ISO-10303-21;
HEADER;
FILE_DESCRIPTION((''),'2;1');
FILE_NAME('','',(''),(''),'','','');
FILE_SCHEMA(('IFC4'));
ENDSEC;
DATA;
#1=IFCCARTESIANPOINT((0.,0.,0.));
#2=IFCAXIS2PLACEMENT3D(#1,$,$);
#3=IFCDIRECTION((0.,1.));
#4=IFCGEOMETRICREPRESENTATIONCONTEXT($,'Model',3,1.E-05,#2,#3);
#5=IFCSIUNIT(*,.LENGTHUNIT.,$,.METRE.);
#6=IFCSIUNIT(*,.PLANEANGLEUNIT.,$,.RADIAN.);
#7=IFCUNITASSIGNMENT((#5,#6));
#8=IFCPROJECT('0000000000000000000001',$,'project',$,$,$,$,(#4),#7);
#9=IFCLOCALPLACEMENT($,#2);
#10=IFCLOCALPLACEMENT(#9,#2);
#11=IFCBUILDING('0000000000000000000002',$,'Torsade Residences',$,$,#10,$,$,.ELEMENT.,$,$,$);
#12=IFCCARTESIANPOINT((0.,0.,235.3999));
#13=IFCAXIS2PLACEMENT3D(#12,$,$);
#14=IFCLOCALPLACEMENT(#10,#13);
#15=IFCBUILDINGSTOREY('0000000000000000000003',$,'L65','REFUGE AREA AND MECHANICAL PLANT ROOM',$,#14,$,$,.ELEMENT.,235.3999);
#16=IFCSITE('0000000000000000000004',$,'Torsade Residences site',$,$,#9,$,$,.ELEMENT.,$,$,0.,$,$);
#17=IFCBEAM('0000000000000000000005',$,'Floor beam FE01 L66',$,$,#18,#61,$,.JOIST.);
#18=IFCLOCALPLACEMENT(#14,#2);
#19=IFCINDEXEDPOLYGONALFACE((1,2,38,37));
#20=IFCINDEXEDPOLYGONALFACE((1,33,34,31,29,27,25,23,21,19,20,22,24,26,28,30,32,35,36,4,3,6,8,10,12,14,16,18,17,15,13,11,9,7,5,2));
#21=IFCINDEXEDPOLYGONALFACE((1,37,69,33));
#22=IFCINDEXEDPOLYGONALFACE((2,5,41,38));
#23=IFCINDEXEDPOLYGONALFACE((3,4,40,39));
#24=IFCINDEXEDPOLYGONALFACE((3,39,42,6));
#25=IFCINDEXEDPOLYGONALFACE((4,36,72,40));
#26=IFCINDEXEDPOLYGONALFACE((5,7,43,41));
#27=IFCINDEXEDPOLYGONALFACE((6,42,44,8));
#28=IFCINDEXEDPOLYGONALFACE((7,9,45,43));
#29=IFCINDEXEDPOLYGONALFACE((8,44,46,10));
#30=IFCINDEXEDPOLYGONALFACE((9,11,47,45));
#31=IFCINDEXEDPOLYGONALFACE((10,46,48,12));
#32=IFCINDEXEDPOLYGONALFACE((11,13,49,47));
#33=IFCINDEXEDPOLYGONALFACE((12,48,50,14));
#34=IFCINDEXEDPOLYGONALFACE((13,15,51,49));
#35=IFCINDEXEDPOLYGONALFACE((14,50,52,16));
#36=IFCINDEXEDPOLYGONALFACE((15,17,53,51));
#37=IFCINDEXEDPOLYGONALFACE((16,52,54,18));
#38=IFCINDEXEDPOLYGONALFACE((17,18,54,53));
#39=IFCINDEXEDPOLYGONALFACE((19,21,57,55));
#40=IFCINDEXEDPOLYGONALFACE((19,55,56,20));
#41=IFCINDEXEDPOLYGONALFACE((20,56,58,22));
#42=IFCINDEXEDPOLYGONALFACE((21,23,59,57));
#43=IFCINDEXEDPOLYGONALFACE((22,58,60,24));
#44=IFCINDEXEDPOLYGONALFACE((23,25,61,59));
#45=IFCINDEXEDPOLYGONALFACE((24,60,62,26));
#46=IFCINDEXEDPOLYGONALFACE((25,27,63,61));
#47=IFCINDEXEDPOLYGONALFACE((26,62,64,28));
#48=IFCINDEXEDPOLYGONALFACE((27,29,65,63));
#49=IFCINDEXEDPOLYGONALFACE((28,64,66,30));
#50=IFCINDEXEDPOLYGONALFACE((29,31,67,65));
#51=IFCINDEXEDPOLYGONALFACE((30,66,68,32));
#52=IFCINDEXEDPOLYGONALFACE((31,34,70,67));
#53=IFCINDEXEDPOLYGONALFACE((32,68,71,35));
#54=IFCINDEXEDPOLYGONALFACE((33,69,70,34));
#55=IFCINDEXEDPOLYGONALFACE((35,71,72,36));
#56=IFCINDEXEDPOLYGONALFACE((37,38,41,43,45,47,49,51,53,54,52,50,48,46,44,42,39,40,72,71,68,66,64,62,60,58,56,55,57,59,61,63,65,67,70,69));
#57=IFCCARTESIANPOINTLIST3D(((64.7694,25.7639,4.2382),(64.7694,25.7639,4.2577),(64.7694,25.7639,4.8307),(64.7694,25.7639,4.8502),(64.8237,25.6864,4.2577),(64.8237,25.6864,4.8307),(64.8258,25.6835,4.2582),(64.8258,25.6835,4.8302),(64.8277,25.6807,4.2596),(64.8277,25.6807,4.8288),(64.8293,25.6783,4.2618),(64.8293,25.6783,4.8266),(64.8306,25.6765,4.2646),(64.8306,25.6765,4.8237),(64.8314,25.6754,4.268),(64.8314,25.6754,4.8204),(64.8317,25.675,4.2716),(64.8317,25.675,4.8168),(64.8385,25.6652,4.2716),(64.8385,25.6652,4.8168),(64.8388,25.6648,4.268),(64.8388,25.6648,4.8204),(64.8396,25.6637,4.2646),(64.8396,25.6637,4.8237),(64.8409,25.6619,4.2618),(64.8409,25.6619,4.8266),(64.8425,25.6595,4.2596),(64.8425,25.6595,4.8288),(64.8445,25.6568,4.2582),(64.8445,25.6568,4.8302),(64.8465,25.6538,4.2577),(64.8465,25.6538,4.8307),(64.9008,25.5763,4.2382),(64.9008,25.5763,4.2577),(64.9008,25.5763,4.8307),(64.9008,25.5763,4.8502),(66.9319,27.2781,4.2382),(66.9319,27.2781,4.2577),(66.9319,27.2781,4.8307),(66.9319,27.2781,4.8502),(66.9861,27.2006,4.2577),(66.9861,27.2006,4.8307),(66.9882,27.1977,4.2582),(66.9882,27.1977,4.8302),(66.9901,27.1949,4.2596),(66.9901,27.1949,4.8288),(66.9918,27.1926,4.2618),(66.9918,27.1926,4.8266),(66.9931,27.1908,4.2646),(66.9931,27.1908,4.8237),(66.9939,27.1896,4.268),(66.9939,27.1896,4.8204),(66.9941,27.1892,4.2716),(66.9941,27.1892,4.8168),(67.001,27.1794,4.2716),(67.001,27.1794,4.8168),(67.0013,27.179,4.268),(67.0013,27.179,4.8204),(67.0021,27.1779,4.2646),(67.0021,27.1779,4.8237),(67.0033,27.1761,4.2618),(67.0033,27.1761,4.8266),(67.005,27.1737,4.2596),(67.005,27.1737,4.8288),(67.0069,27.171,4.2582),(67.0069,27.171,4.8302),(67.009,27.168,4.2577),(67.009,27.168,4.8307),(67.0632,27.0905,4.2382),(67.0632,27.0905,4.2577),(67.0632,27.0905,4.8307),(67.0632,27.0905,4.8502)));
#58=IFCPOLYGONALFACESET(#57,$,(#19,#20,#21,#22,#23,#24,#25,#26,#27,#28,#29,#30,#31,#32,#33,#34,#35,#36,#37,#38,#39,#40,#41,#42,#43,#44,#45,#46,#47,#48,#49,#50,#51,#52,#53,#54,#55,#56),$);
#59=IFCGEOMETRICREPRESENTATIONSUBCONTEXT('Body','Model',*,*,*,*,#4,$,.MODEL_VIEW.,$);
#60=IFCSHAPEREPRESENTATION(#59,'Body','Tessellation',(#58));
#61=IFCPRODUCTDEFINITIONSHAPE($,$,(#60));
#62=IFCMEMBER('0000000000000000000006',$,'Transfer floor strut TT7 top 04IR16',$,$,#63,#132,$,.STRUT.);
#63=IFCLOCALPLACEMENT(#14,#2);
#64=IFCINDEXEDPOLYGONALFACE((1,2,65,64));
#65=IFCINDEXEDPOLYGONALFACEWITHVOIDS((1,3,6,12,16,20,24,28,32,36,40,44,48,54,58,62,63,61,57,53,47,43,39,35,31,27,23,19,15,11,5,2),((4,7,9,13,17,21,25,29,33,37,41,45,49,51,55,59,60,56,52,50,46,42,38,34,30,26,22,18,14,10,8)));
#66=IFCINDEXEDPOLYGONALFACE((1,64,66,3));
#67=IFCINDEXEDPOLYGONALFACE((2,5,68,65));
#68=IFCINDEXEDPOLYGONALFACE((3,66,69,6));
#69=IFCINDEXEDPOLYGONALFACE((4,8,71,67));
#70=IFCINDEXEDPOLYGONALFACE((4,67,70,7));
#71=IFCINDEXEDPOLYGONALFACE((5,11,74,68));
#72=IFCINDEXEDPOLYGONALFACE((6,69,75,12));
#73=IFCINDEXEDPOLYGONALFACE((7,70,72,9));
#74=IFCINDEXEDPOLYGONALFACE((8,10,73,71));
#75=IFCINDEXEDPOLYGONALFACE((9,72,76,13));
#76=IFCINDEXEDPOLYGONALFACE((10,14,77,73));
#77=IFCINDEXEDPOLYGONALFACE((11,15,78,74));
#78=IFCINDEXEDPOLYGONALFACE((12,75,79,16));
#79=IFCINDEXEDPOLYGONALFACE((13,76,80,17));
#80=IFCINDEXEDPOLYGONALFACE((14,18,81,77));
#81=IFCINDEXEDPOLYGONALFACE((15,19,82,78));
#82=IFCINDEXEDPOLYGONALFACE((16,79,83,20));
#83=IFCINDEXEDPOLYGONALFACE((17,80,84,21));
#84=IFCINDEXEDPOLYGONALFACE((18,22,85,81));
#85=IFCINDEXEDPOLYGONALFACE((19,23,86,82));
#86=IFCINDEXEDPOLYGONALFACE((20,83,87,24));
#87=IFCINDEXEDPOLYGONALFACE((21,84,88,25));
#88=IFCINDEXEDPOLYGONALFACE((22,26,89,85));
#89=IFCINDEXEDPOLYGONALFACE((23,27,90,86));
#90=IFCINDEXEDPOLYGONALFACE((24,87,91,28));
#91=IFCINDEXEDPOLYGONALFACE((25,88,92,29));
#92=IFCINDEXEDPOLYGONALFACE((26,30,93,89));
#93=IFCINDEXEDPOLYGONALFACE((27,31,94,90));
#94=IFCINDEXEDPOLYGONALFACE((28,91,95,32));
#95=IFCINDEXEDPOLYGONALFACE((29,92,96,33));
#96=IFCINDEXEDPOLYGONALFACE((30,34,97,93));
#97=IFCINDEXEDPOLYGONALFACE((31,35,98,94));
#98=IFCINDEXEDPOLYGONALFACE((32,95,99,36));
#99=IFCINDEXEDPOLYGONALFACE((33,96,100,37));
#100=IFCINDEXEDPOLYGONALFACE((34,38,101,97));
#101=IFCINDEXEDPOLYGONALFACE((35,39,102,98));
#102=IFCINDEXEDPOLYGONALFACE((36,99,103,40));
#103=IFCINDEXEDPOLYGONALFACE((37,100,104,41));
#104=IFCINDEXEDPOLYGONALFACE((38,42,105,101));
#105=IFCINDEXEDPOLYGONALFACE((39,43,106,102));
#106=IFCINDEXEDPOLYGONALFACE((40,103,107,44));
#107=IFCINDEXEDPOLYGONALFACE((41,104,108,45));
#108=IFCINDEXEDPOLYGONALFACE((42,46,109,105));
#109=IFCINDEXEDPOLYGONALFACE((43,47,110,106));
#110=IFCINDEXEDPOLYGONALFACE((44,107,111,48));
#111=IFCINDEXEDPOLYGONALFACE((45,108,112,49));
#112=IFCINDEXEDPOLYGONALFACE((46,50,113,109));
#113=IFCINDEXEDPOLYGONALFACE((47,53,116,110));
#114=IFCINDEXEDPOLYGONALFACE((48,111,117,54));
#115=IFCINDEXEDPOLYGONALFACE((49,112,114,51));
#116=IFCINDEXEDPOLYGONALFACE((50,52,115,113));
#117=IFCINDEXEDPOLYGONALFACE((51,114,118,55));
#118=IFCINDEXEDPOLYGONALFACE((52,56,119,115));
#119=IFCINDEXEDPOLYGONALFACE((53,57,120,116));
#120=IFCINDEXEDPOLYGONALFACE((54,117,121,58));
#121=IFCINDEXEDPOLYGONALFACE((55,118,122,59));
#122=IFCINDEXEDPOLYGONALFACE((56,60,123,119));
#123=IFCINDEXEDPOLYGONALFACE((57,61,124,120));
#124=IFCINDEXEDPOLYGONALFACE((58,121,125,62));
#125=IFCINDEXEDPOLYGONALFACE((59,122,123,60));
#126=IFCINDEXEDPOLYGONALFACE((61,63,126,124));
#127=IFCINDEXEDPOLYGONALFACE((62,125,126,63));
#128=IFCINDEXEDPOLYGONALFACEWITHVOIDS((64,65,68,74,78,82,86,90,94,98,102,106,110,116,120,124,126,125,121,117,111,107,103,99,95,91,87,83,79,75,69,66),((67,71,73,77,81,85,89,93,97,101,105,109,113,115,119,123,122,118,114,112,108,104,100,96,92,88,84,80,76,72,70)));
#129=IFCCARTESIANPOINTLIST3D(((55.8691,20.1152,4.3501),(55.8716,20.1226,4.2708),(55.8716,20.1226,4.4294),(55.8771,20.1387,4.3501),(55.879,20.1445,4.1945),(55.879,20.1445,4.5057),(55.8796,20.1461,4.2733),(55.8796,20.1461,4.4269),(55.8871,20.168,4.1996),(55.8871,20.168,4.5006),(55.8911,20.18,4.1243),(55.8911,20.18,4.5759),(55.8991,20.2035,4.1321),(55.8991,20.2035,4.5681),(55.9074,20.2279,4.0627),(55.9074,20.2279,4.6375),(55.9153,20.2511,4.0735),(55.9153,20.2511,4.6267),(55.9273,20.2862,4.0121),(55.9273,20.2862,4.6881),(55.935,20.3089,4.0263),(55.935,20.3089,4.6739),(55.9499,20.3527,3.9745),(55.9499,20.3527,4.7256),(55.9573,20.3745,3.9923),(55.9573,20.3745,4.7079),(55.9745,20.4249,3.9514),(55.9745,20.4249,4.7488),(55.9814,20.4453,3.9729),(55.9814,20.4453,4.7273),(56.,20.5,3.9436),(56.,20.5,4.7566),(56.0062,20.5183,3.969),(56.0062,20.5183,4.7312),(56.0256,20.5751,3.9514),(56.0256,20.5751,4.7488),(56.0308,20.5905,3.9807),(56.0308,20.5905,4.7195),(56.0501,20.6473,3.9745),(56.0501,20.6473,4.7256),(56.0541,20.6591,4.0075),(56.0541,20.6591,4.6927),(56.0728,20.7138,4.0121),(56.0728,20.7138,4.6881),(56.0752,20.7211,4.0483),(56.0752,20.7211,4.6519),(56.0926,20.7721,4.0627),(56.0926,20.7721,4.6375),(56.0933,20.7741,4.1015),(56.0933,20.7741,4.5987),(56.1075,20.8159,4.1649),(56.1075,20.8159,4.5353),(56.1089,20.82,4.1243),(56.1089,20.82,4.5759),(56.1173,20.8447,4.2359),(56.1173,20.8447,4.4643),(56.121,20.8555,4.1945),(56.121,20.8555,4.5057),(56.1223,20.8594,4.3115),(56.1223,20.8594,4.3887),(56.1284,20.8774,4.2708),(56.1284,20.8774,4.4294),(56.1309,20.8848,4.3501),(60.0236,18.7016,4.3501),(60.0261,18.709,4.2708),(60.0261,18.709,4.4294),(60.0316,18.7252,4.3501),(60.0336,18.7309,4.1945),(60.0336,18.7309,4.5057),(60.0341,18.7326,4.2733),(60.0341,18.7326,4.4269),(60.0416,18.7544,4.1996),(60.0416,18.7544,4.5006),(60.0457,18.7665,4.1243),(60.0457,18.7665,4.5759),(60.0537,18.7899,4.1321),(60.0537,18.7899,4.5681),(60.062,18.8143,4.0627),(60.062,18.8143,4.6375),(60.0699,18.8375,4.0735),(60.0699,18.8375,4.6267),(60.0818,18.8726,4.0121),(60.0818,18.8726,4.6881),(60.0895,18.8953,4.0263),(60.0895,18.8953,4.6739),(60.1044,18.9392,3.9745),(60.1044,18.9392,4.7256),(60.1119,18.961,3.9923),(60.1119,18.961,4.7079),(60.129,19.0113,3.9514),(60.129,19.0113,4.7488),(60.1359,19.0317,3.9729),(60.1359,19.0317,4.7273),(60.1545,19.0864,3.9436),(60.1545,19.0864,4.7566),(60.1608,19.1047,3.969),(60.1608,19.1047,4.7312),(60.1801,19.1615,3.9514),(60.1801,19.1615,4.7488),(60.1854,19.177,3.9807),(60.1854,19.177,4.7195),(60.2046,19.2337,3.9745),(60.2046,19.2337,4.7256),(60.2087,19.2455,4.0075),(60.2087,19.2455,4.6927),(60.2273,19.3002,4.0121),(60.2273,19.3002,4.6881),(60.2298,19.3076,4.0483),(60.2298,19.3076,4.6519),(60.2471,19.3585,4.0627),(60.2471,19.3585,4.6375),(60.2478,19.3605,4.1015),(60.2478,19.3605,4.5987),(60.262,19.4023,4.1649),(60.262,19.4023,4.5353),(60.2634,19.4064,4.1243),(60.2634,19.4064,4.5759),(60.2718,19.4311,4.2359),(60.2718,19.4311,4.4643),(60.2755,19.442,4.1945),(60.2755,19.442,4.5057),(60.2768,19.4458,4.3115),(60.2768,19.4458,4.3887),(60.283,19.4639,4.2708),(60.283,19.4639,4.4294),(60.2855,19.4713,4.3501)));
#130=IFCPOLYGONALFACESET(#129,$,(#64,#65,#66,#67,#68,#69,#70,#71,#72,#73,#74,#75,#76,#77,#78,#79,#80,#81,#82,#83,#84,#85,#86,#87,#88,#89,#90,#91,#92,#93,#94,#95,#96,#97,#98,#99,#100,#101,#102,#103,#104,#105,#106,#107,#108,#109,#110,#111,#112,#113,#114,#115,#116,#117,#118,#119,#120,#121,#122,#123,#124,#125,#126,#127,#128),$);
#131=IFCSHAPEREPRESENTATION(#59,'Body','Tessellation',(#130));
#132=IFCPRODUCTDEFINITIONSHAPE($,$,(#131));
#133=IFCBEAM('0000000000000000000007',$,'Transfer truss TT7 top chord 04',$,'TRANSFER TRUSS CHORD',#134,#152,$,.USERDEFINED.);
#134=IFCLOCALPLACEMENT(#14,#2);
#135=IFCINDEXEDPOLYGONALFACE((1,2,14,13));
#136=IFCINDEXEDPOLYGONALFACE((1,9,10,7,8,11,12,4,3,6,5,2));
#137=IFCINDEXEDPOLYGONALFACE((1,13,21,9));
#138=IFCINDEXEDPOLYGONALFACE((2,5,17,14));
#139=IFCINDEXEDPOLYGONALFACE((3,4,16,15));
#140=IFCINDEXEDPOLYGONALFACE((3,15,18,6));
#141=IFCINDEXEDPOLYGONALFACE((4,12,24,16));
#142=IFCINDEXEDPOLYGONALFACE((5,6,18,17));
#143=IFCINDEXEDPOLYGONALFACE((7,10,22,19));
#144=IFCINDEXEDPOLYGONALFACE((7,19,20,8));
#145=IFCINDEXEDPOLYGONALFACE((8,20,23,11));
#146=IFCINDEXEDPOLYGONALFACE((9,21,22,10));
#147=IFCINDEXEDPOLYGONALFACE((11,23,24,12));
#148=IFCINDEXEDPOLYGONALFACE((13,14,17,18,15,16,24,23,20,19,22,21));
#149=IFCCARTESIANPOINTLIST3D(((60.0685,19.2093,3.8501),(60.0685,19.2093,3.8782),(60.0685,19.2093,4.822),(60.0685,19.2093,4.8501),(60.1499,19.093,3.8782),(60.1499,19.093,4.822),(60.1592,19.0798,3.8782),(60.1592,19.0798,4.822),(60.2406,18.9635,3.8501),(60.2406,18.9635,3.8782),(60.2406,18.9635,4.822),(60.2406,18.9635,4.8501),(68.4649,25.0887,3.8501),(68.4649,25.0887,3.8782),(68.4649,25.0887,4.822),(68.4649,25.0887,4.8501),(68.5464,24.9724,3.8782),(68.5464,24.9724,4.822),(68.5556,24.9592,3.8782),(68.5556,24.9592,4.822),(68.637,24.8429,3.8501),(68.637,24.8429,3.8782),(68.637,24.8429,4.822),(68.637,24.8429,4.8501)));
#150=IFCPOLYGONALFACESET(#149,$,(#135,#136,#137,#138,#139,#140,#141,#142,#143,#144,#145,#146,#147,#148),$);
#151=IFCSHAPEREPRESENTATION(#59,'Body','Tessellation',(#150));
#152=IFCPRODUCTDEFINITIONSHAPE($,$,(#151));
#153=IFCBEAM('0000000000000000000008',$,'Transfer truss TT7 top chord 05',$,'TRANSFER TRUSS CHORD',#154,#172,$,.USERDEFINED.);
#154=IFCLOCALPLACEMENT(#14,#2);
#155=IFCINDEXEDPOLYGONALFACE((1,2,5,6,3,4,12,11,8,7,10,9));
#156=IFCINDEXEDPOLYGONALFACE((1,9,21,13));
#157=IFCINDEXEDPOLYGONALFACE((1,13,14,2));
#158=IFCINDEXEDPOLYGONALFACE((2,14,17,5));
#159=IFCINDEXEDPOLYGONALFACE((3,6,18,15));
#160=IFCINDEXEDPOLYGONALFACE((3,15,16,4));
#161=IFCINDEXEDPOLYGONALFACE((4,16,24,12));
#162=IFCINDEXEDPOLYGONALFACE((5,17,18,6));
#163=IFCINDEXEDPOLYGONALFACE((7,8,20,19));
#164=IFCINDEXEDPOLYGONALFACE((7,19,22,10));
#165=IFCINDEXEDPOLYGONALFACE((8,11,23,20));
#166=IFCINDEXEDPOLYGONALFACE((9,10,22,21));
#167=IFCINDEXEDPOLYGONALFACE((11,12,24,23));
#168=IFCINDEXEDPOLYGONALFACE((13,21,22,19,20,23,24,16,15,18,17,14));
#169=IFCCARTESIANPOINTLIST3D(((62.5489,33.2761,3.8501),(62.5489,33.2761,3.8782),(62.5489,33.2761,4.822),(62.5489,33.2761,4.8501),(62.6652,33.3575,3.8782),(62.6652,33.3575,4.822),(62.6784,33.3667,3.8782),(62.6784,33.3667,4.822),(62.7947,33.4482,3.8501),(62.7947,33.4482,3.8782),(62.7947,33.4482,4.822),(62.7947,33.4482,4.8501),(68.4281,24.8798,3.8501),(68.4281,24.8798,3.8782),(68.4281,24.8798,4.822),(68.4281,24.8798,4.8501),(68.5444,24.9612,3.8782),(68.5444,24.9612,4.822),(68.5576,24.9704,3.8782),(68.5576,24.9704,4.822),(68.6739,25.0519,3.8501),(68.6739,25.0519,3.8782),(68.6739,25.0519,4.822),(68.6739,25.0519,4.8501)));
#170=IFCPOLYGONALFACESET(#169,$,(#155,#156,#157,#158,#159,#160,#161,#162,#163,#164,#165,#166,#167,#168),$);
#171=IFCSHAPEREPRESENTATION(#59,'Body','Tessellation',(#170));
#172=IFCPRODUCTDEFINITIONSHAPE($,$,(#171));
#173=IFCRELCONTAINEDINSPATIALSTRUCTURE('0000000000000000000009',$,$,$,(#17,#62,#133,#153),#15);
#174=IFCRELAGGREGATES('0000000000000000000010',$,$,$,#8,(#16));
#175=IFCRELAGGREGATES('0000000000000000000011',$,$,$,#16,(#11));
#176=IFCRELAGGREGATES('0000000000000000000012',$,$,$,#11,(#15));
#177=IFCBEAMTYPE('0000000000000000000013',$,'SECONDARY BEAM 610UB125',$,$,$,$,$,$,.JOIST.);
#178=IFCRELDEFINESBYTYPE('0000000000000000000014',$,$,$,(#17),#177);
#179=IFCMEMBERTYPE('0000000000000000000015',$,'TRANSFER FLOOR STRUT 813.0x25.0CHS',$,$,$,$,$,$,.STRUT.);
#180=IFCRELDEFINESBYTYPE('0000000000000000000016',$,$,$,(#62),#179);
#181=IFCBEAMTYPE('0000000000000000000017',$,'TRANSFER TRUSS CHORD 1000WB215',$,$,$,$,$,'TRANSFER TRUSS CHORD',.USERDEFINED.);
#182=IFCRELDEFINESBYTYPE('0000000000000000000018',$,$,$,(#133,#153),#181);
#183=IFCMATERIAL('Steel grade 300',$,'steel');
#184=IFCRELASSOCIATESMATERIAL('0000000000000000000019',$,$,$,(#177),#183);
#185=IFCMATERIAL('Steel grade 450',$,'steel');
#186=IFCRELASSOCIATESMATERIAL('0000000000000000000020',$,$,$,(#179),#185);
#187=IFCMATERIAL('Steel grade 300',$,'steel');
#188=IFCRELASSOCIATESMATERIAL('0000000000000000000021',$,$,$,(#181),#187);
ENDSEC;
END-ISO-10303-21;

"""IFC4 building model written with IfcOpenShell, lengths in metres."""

from ifc_helpers import new_model, si_unit, direction, frame, origin, origin_2d, place, context, subcontext, project, spatial, hollow_circle, i_section, extrude, material, material_profile, profile_set, type_object, element, save


model = new_model("IFC4")

# Units and contexts
model_context = context("Model", 3, precision=1e-05, world=origin(), true_north=direction((0.0, 1.0)))
body_context = subcontext(model_context, "Body", "Model", "MODEL_VIEW")
ifc_project = project(units=[si_unit("LENGTHUNIT", "METRE"), si_unit("PLANEANGLEUNIT", "RADIAN")], contexts=[model_context])

# Site, building, storey
site_placement = place(None, origin())
site = spatial("IfcSite", under=ifc_project, at=site_placement, Name="Torsade Residences site", CompositionType="ELEMENT", RefElevation=0.0)
building_placement = place(site_placement, origin())
building = spatial("IfcBuilding", under=site, at=building_placement, Name="Torsade Residences", CompositionType="ELEMENT")
storey_placement = place(building_placement, frame((0.0, 0.0, 235.3999)))
storey = spatial("IfcBuildingStorey", under=building, at=storey_placement, Name="L65", Description="REFUGE AREA AND MECHANICAL PLANT ROOM", CompositionType="ELEMENT", Elevation=235.3999)

# Beam
ifc_material_1 = material(Name="Steel grade 300", Category="steel")
ifc_material_profile_1 = material_profile(ifc_material_1, i_section(OverallWidth=0.229, OverallDepth=0.6121, WebThickness=0.012, FlangeThickness=0.0195, FilletRadius=0.0139, at=origin_2d()), Name="610UB125")
ifc_profile_set_1 = profile_set([ifc_material_profile_1], Name="Steel grade 300")
beam_type_1 = type_object("IfcBeamType", Name="SECONDARY BEAM 610UB125", PredefinedType="JOIST", material=ifc_profile_set_1)
beam_1_placement = place(storey_placement, frame((66.9976, 27.1843, 4.5442), z_axis=(-0.819141, -0.573593, 0.0), x_axis=(0.573593, -0.819141, 0.0)))
element("IfcBeam", 1, at=beam_1_placement, inside=storey, type_object=beam_type_1, Name="Floor beam FE01 L66", PredefinedType="JOIST", context=body_context, shape_type="SweptSolid", body=[
    extrude(i_section(OverallWidth=0.229, OverallDepth=0.6121, WebThickness=0.012, FlangeThickness=0.0195, FilletRadius=0.0139, at=origin_2d()), origin(), (0.0, 0.0, 1.0), 2.6399),
])

# Member
ifc_material_2 = material(Name="Steel grade 450", Category="steel")
ifc_material_profile_2 = material_profile(ifc_material_2, hollow_circle(Radius=0.4065, WallThickness=0.0249, at=origin_2d()), Name="813.0x25.0CHS")
ifc_profile_set_2 = profile_set([ifc_material_profile_2], Name="Steel grade 450")
member_type_1 = type_object("IfcMemberType", Name="TRANSFER FLOOR STRUT 813.0x25.0CHS", PredefinedType="STRUT", material=ifc_profile_set_2)
member_1_placement = place(storey_placement, frame((60.1545, 19.0864, 4.3501), z_axis=(-0.946701, 0.322113, 0.0), x_axis=(-0.322113, -0.946701, 0.0)))
element("IfcMember", 2, at=member_1_placement, inside=storey, type_object=member_type_1, Name="Transfer floor strut TT7 top 04IR16", PredefinedType="STRUT", context=body_context, shape_type="SweptSolid", body=[
    extrude(hollow_circle(Radius=0.4065, WallThickness=0.0249, at=origin_2d()), origin(), (0.0, 0.0, 1.0), 4.3884),
])

# Beams
ifc_material_3 = material(Name="Steel grade 300", Category="steel")
ifc_material_profile_3 = material_profile(ifc_material_3, i_section(OverallWidth=0.3, OverallDepth=1.0, WebThickness=0.0161, FlangeThickness=0.0281, at=origin_2d()), Name="1000WB215")
ifc_profile_set_3 = profile_set([ifc_material_profile_3], Name="Steel grade 300")
beam_type_2 = type_object("IfcBeamType", Name="TRANSFER TRUSS CHORD 1000WB215", ElementType="TRANSFER TRUSS CHORD", PredefinedType="USERDEFINED", material=ifc_profile_set_3)
beam_2_placement = place(storey_placement, frame((60.1545, 19.0864, 4.3501), z_axis=(0.819147, 0.573584, 0.0), x_axis=(-0.573584, 0.819147, 0.0)))
element("IfcBeam", 3, at=beam_2_placement, inside=storey, type_object=beam_type_2, Name="Transfer truss TT7 top chord 04", ObjectType="TRANSFER TRUSS CHORD", PredefinedType="USERDEFINED", context=body_context, shape_type="SweptSolid", body=[
    extrude(i_section(OverallWidth=0.3, OverallDepth=1.0, WebThickness=0.0161, FlangeThickness=0.0281, at=origin_2d()), origin(), (0.0, 0.0, 1.0), 10.2502),
])
beam_3_placement = place(storey_placement, frame((68.551, 24.9658, 4.3501), z_axis=(-0.573579, 0.81915, 0.0), x_axis=(-0.81915, -0.573579, 0.0)))
element("IfcBeam", 4, at=beam_3_placement, inside=storey, type_object=beam_type_2, Name="Transfer truss TT7 top chord 05", ObjectType="TRANSFER TRUSS CHORD", PredefinedType="USERDEFINED", context=body_context, shape_type="SweptSolid", body=[
    extrude(i_section(OverallWidth=0.3, OverallDepth=1.0, WebThickness=0.0161, FlangeThickness=0.0281, at=origin_2d()), origin(), (0.0, 0.0, 1.0), 10.25),
])

save(model, "model.ifc")
